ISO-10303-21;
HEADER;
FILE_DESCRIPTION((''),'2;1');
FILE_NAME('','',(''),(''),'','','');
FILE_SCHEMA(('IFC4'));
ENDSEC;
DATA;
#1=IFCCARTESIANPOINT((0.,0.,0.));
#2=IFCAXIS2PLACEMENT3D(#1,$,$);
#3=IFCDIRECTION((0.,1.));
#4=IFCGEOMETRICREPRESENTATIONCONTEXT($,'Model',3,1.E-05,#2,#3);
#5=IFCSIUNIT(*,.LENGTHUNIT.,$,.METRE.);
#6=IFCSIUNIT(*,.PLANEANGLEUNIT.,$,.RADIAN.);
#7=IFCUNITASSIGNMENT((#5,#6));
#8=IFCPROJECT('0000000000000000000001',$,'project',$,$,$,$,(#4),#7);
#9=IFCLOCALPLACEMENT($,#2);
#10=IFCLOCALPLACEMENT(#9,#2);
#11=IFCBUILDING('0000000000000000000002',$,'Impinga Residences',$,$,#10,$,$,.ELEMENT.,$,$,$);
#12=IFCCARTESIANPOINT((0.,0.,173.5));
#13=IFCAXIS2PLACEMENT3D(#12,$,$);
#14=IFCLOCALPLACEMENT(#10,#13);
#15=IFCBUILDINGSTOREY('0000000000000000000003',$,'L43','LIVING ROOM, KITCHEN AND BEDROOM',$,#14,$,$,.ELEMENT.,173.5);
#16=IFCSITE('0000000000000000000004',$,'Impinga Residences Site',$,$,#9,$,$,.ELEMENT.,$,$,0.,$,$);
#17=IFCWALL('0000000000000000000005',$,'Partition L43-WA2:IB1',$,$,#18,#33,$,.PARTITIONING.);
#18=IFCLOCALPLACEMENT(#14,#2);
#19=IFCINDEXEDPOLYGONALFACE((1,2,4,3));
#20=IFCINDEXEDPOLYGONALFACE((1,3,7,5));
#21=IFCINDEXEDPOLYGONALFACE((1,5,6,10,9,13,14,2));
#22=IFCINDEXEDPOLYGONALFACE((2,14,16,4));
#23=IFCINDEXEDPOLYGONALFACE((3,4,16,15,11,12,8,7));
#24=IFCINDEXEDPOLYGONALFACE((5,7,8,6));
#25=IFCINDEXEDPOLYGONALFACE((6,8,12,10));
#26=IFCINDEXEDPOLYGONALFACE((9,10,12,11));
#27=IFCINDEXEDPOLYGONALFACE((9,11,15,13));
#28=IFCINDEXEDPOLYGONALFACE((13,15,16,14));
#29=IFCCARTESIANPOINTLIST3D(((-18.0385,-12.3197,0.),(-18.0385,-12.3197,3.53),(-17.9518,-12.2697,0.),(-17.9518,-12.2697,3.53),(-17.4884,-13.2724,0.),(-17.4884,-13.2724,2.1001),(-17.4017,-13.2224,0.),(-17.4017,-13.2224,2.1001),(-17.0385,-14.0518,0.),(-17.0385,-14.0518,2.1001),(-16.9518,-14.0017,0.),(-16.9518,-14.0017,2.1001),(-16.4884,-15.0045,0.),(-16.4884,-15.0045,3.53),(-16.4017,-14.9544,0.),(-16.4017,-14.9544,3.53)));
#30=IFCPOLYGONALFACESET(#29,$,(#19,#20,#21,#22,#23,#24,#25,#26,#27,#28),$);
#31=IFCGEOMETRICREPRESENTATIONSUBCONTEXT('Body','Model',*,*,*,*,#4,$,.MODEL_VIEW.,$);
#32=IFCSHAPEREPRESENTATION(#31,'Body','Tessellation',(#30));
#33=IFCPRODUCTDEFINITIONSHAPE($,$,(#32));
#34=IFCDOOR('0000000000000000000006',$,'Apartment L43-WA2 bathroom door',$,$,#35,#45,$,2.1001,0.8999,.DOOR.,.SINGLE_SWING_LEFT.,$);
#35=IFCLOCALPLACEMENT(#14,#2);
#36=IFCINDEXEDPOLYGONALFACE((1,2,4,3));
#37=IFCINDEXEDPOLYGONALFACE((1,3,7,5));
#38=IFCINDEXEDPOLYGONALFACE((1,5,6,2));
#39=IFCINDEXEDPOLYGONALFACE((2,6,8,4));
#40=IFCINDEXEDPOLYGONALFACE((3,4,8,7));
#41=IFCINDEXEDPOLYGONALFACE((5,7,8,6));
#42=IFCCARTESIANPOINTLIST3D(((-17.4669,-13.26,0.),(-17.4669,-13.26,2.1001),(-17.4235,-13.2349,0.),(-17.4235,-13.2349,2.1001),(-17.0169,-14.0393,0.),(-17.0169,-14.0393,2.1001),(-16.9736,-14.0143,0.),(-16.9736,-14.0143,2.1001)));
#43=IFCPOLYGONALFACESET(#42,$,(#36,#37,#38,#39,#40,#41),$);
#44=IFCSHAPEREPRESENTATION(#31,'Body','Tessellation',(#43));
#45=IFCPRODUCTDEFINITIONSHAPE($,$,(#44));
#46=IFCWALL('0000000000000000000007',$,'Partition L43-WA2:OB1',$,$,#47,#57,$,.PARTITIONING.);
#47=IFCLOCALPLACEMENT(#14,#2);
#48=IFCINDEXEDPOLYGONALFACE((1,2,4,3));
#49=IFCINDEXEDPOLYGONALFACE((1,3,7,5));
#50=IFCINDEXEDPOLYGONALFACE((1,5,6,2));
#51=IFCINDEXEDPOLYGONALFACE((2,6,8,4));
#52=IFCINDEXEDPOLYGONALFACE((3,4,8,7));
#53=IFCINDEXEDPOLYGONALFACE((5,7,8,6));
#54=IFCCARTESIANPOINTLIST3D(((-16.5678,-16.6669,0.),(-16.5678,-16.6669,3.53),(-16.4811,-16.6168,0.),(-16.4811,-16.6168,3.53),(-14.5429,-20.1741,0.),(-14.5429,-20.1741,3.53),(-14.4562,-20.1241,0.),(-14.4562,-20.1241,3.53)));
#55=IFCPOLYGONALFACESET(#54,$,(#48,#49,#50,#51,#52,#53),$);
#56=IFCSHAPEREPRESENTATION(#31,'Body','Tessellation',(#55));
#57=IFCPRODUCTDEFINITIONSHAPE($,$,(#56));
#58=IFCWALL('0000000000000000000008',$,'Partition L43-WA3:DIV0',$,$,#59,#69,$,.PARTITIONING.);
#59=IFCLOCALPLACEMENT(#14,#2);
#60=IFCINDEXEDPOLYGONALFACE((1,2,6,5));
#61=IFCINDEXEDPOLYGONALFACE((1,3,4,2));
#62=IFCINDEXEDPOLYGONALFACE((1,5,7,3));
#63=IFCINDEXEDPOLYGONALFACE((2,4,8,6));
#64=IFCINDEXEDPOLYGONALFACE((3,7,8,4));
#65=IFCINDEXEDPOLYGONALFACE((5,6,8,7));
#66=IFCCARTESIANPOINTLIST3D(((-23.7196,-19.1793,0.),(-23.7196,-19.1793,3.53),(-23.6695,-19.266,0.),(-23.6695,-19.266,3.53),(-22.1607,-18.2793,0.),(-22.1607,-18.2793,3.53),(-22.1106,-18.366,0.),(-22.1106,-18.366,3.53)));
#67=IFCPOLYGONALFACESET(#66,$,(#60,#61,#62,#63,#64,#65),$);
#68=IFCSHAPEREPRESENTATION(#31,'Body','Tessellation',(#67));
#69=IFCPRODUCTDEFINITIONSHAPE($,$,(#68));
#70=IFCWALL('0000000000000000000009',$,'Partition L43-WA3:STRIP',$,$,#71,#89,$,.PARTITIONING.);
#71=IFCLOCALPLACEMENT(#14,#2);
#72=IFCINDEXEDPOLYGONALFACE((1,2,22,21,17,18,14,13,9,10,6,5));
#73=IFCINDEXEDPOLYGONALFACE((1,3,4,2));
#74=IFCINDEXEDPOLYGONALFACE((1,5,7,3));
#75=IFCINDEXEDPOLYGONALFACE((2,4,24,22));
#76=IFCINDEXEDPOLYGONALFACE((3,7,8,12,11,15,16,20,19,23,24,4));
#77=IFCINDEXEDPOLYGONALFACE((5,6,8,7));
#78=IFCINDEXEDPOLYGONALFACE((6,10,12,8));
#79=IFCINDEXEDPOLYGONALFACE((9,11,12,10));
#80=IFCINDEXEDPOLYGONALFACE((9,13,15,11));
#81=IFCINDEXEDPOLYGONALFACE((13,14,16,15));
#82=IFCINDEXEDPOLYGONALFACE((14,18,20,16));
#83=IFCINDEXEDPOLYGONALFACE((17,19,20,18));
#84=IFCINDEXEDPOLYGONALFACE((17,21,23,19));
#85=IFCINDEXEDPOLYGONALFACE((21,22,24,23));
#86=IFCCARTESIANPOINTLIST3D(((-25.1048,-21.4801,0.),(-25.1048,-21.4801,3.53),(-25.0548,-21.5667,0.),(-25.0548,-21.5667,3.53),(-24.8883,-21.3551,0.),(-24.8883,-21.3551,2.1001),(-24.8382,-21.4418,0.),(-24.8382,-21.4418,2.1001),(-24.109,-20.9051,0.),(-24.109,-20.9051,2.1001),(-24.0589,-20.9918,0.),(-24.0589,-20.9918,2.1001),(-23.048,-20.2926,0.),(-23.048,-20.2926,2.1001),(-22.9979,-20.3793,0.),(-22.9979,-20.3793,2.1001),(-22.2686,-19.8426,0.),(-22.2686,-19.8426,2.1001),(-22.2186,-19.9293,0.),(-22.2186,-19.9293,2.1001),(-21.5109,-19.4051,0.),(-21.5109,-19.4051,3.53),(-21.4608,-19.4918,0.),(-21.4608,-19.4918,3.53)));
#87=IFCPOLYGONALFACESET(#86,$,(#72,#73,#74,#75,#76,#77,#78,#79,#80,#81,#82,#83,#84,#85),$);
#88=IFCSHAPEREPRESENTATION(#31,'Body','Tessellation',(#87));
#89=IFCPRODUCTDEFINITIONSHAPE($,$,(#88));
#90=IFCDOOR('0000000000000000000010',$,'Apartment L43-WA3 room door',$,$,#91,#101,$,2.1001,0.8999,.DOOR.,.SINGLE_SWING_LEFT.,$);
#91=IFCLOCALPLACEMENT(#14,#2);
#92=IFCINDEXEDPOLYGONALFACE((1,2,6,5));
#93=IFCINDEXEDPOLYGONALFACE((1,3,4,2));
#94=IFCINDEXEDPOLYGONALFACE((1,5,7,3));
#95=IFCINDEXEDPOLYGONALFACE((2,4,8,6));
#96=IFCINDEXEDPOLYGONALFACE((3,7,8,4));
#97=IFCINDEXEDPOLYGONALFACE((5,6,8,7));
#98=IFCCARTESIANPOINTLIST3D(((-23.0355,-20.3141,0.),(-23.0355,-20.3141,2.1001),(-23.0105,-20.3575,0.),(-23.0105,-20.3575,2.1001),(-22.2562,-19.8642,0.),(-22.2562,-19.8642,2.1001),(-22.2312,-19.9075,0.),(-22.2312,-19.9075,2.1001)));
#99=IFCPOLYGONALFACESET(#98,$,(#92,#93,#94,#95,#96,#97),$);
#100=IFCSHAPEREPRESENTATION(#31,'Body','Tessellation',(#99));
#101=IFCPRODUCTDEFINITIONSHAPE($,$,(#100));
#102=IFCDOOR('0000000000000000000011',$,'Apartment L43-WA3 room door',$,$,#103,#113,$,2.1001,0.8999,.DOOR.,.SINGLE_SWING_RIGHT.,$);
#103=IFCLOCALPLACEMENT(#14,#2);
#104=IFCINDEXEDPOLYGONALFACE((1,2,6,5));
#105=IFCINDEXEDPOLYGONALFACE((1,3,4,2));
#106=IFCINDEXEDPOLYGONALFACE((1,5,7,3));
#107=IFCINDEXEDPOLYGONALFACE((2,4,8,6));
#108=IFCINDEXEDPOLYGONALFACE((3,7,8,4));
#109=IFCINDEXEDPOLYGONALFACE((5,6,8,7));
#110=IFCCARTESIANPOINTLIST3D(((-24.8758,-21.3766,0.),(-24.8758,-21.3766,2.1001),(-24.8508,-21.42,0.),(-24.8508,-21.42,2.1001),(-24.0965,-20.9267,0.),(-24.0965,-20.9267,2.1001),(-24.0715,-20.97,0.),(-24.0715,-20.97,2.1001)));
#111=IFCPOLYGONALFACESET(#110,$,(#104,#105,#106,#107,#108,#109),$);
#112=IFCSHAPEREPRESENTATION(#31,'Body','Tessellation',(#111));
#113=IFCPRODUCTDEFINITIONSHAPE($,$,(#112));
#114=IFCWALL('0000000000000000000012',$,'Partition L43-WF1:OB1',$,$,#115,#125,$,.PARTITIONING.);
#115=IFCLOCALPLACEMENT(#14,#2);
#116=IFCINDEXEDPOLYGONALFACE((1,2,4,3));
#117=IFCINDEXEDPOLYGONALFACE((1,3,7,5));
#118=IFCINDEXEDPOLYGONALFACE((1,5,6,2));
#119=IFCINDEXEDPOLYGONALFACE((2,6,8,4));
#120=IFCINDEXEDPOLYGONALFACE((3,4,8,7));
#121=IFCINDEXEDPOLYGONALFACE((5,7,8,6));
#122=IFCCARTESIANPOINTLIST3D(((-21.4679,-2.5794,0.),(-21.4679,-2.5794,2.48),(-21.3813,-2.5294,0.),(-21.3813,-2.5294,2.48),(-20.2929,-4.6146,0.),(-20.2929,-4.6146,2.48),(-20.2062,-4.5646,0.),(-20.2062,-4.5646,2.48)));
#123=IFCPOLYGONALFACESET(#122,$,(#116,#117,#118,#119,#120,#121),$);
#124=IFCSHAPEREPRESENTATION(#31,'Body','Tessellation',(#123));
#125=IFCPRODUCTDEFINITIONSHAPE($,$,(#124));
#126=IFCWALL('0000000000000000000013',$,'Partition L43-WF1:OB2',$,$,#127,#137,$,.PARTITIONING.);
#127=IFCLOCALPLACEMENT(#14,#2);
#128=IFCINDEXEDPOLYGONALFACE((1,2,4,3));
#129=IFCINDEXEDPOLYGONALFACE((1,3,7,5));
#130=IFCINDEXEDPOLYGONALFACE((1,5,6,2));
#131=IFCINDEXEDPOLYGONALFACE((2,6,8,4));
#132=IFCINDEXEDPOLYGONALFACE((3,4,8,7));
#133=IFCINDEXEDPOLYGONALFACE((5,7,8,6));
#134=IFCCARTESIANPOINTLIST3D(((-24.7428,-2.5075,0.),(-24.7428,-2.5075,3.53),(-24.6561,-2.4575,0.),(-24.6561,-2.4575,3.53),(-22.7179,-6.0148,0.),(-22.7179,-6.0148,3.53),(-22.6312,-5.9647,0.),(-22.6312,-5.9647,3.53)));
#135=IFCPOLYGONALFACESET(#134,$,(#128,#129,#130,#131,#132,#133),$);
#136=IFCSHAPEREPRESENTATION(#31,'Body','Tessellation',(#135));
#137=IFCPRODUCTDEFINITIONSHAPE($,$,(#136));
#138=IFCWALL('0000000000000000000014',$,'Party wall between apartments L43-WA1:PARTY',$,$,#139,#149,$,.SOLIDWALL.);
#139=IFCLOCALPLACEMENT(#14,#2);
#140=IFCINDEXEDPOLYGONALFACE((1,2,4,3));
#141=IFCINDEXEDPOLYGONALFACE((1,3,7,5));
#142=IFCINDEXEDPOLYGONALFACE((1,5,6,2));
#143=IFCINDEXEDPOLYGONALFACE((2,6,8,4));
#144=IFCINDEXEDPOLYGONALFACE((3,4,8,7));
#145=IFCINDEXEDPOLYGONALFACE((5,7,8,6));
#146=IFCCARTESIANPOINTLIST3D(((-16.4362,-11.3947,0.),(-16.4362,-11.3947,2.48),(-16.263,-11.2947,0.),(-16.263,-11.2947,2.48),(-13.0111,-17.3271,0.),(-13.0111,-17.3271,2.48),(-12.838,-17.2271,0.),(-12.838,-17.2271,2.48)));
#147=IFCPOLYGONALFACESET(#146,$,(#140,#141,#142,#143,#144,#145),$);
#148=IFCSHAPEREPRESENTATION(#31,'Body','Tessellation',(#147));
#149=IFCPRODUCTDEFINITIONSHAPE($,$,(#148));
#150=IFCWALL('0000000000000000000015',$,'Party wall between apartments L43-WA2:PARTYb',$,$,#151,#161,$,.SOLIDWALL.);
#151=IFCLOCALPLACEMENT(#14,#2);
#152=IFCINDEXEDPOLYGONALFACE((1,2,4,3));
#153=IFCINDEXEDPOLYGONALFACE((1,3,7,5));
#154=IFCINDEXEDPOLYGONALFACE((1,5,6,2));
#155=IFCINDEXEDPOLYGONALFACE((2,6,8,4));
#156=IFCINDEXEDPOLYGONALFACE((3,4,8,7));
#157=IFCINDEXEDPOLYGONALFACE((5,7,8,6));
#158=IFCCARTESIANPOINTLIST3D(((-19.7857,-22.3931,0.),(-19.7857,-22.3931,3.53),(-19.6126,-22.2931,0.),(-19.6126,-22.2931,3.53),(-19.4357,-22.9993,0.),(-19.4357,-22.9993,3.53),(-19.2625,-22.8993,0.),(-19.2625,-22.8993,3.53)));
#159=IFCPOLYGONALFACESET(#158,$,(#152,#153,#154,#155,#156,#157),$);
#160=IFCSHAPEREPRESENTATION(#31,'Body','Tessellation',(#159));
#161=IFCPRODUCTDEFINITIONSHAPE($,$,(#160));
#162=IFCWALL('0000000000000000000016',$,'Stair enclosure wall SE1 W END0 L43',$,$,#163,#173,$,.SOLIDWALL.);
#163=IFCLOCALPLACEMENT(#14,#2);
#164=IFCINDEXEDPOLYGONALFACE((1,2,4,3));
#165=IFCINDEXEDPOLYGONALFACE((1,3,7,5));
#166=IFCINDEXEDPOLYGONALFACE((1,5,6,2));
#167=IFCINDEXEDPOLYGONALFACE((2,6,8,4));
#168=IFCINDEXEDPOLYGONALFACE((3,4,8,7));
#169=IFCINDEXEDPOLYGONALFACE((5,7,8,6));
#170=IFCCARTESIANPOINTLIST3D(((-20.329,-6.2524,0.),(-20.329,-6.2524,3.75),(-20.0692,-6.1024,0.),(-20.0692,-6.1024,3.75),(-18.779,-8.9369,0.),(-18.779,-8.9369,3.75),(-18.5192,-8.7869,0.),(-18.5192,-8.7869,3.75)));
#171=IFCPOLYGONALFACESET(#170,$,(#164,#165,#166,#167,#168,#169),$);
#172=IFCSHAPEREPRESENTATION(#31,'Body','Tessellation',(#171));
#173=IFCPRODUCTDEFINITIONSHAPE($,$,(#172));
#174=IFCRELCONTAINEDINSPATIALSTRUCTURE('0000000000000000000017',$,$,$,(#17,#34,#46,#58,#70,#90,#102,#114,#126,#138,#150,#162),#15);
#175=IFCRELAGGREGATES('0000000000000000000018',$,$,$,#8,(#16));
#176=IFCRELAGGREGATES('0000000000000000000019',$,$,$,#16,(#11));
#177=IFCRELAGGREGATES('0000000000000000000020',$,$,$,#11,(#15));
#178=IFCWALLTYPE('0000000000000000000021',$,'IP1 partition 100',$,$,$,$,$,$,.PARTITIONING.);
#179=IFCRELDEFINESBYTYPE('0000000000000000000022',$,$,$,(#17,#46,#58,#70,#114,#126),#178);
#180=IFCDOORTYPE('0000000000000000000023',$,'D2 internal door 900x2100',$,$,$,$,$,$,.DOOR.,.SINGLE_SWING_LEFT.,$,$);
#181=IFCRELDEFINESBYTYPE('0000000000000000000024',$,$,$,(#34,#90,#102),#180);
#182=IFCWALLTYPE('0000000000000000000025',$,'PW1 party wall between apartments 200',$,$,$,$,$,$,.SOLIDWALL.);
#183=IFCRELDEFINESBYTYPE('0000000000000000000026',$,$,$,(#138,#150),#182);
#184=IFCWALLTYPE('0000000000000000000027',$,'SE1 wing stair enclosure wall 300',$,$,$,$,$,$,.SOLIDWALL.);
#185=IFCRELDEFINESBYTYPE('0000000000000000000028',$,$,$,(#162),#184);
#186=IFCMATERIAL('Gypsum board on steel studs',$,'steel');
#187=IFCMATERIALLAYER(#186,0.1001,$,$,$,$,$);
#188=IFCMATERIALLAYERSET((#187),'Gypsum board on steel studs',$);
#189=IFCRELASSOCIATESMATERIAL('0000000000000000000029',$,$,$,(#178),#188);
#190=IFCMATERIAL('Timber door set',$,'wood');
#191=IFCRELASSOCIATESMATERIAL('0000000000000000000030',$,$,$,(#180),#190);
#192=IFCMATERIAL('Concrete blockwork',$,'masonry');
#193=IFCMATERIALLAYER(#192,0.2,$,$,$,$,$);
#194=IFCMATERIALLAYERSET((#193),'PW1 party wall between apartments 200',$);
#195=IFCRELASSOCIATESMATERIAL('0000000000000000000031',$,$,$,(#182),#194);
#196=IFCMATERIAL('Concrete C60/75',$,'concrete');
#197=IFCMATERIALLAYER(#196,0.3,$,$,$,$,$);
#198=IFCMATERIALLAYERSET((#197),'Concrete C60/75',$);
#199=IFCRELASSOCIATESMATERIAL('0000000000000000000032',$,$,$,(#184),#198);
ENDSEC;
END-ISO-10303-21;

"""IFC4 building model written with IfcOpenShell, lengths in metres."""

from ifc_helpers import new_model, si_unit, direction, frame, frame_2d, origin, place, context, subcontext, project, spatial, rectangle, extrude, material, layer, layer_set, type_object, element, fill, save


model = new_model("IFC4")

# Units and contexts
model_context = context("Model", 3, precision=1e-05, world=origin(), true_north=direction((0.0, 1.0)))
body_context = subcontext(model_context, "Body", "Model", "MODEL_VIEW")
ifc_project = project(units=[si_unit("LENGTHUNIT", "METRE"), si_unit("PLANEANGLEUNIT", "RADIAN")], contexts=[model_context])

# Site, building, storey
site_placement = place(None, origin())
site = spatial("IfcSite", under=ifc_project, at=site_placement, Name="Impinga Residences Site", CompositionType="ELEMENT", RefElevation=0.0)
building_placement = place(site_placement, origin())
building = spatial("IfcBuilding", under=site, at=building_placement, Name="Impinga Residences", CompositionType="ELEMENT")
storey_placement = place(building_placement, frame((0.0, 0.0, 173.5)))
storey = spatial("IfcBuildingStorey", under=building, at=storey_placement, Name="L43", Description="LIVING ROOM, KITCHEN AND BEDROOM", CompositionType="ELEMENT", Elevation=173.5)

# Shared definitions
ifc_material_1 = material(Name="Concrete C60/75", Category="concrete")

# Shared definitions
ifc_material_2 = material(Name="Concrete blockwork", Category="masonry")
ifc_material_3 = material(Name="Timber door set", Category="wood")

# Shared definitions
ifc_material_4 = material(Name="Gypsum board on steel studs", Category="steel")
ifc_layer_1 = layer(ifc_material_4, 0.1001)
ifc_layer_set_1 = layer_set([ifc_layer_1], Name="Gypsum board on steel studs")
wall_type_1 = type_object("IfcWallType", Name="IP1 partition 100", PredefinedType="PARTITIONING", material=ifc_layer_set_1)

# Shared definitions
door_type_1 = type_object("IfcDoorType", Name="D2 internal door 900x2100", OperationType="SINGLE_SWING_LEFT", PredefinedType="DOOR", material=ifc_material_3)

# Wall, opening, door
wall_1_placement = place(storey_placement, frame((-17.9951, -12.2947, 0.0), z_axis=(0.0, 0.0, 1.0), x_axis=(0.499993, -0.86603, 0.0)))
wall_1 = element("IfcWall", 1, at=wall_1_placement, inside=storey, type_object=wall_type_1, Name="Partition L43-WA2:IB1", PredefinedType="PARTITIONING", context=body_context, shape_type="SweptSolid", body=[
    extrude(rectangle(XDim=3.1001, YDim=0.1001, at=frame_2d((1.55, 0.0))), origin(), (0.0, 0.0, 1.0), 3.53),
])
opening_1_placement = place(wall_1_placement, frame((1.1001, 0.0, 0.0)))
opening_1 = element("IfcOpeningElement", 2, at=opening_1_placement, cuts=wall_1, PredefinedType="OPENING", context=body_context, shape_type="SweptSolid", body=[
    extrude(rectangle(XDim=0.8999, YDim=2.1001, at=frame_2d((0.45, 1.05))), frame((0.0, 0.0601, 0.0), z_axis=(0.0, -1.0, 0.0), x_axis=(1.0, 0.0, 0.0)), (0.0, 0.0, 1.0), 0.1201),
])
door_1_placement = place(opening_1_placement, origin())
door_1 = element("IfcDoor", 3, at=door_1_placement, inside=storey, type_object=door_type_1, Name="Apartment L43-WA2 bathroom door", OperationType="SINGLE_SWING_LEFT", OverallHeight=2.1001, OverallWidth=0.8999, PredefinedType="DOOR", context=body_context, shape_type="SweptSolid", body=[
    extrude(rectangle(XDim=0.8999, YDim=2.1001, at=frame_2d((0.45, 1.05))), frame((0.0, 0.0249, 0.0), z_axis=(0.0, -1.0, 0.0), x_axis=(1.0, 0.0, 0.0)), (0.0, 0.0, 1.0), 0.05),
])
fill(opening_1, door_1)

# Walls
wall_2_placement = place(storey_placement, frame((-16.5244, -16.6418, 0.0), z_axis=(0.0, 0.0, 1.0), x_axis=(0.49999, -0.866031, 0.0)))
element("IfcWall", 4, at=wall_2_placement, inside=storey, type_object=wall_type_1, Name="Partition L43-WA2:OB1", PredefinedType="PARTITIONING", context=body_context, shape_type="SweptSolid", body=[
    extrude(rectangle(XDim=4.0498, YDim=0.1001, at=frame_2d((2.0249, 0.0))), origin(), (0.0, 0.0, 1.0), 3.53),
])
wall_3_placement = place(storey_placement, frame((-22.1357, -18.3228, 0.0), z_axis=(0.0, 0.0, 1.0), x_axis=(-0.866048, -0.499961, 0.0)))
element("IfcWall", 5, at=wall_3_placement, inside=storey, type_object=wall_type_1, Name="Partition L43-WA3:DIV0", PredefinedType="PARTITIONING", context=body_context, shape_type="SweptSolid", body=[
    extrude(rectangle(XDim=1.8, YDim=0.1001, at=frame_2d((0.8999, 0.0))), origin(), (0.0, 0.0, 1.0), 3.53),
])

# Wall, openings, doors
wall_4_placement = place(storey_placement, frame((-21.4858, -19.4485, 0.0), z_axis=(0.0, 0.0, 1.0), x_axis=(-0.86603, -0.499992, 0.0)))
wall_4 = element("IfcWall", 6, at=wall_4_placement, inside=storey, type_object=wall_type_1, Name="Partition L43-WA3:STRIP", PredefinedType="PARTITIONING", context=body_context, shape_type="SweptSolid", body=[
    extrude(rectangle(XDim=4.1499, YDim=0.1001, at=frame_2d((2.075, 0.0))), origin(), (0.0, 0.0, 1.0), 3.53),
])
opening_2_placement = place(wall_4_placement, frame((0.875, 0.0, 0.0)))
opening_2 = element("IfcOpeningElement", 7, at=opening_2_placement, cuts=wall_4, PredefinedType="OPENING", context=body_context, shape_type="SweptSolid", body=[
    extrude(rectangle(XDim=0.8999, YDim=2.1001, at=frame_2d((0.45, 1.05))), frame((0.0, 0.0601, 0.0), z_axis=(0.0, -1.0, 0.0), x_axis=(1.0, 0.0, 0.0)), (0.0, 0.0, 1.0), 0.1201),
])
opening_3_placement = place(wall_4_placement, frame((3.0, 0.0, 0.0)))
opening_3 = element("IfcOpeningElement", 8, at=opening_3_placement, cuts=wall_4, PredefinedType="OPENING", context=body_context, shape_type="SweptSolid", body=[
    extrude(rectangle(XDim=0.8999, YDim=2.1001, at=frame_2d((0.45, 1.05))), frame((0.0, 0.0601, 0.0), z_axis=(0.0, -1.0, 0.0), x_axis=(1.0, 0.0, 0.0)), (0.0, 0.0, 1.0), 0.1201),
])
door_2_placement = place(opening_2_placement, origin())
door_2 = element("IfcDoor", 9, at=door_2_placement, inside=storey, type_object=door_type_1, Name="Apartment L43-WA3 room door", OperationType="SINGLE_SWING_LEFT", OverallHeight=2.1001, OverallWidth=0.8999, PredefinedType="DOOR", context=body_context, shape_type="SweptSolid", body=[
    extrude(rectangle(XDim=0.8999, YDim=2.1001, at=frame_2d((0.45, 1.05))), frame((0.0, 0.0249, 0.0), z_axis=(0.0, -1.0, 0.0), x_axis=(1.0, 0.0, 0.0)), (0.0, 0.0, 1.0), 0.05),
])
fill(opening_2, door_2)
door_3_placement = place(opening_3_placement, origin())
door_3 = element("IfcDoor", 10, at=door_3_placement, inside=storey, type_object=door_type_1, Name="Apartment L43-WA3 room door", OperationType="SINGLE_SWING_RIGHT", OverallHeight=2.1001, OverallWidth=0.8999, PredefinedType="DOOR", context=body_context, shape_type="SweptSolid", body=[
    extrude(rectangle(XDim=0.8999, YDim=2.1001, at=frame_2d((0.45, 1.05))), frame((0.0, 0.0249, 0.0), z_axis=(0.0, -1.0, 0.0), x_axis=(1.0, 0.0, 0.0)), (0.0, 0.0, 1.0), 0.05),
])
fill(opening_3, door_3)

# Walls
wall_5_placement = place(storey_placement, frame((-20.2495, -4.5896, 0.0), z_axis=(0.0, 0.0, 1.0), x_axis=(-0.500016, 0.866016, 0.0)))
element("IfcWall", 11, at=wall_5_placement, inside=storey, type_object=wall_type_1, Name="Partition L43-WF1:OB1", PredefinedType="PARTITIONING", context=body_context, shape_type="SweptSolid", body=[
    extrude(rectangle(XDim=2.3501, YDim=0.1001, at=frame_2d((1.175, 0.0))), origin(), (0.0, 0.0, 1.0), 2.48),
])
wall_6_placement = place(storey_placement, frame((-22.6746, -5.9897, 0.0), z_axis=(0.0, 0.0, 1.0), x_axis=(-0.49999, 0.866031, 0.0)))
element("IfcWall", 12, at=wall_6_placement, inside=storey, type_object=wall_type_1, Name="Partition L43-WF1:OB2", PredefinedType="PARTITIONING", context=body_context, shape_type="SweptSolid", body=[
    extrude(rectangle(XDim=4.0498, YDim=0.1001, at=frame_2d((2.0249, 0.0))), origin(), (0.0, 0.0, 1.0), 3.53),
])
ifc_layer_2 = layer(ifc_material_2, 0.2)
ifc_layer_set_2 = layer_set([ifc_layer_2], Name="PW1 party wall between apartments 200")
wall_type_2 = type_object("IfcWallType", Name="PW1 party wall between apartments 200", PredefinedType="SOLIDWALL", material=ifc_layer_set_2)
wall_7_placement = place(storey_placement, frame((-16.3496, -11.3447, 0.0), z_axis=(0.0, 0.0, 1.0), x_axis=(0.499999, -0.866026, 0.0)))
element("IfcWall", 13, at=wall_7_placement, inside=storey, type_object=wall_type_2, Name="Party wall between apartments L43-WA1:PARTY", PredefinedType="SOLIDWALL", context=body_context, shape_type="SweptSolid", body=[
    extrude(rectangle(XDim=6.8501, YDim=0.2, at=frame_2d((3.425, 0.0))), origin(), (0.0, 0.0, 1.0), 2.48),
])
wall_8_placement = place(storey_placement, frame((-19.6992, -22.343, 0.0), z_axis=(0.0, 0.0, 1.0), x_axis=(0.500115, -0.865959, 0.0)))
element("IfcWall", 14, at=wall_8_placement, inside=storey, type_object=wall_type_2, Name="Party wall between apartments L43-WA2:PARTYb", PredefinedType="SOLIDWALL", context=body_context, shape_type="SweptSolid", body=[
    extrude(rectangle(XDim=0.7, YDim=0.2, at=frame_2d((0.3501, 0.0))), origin(), (0.0, 0.0, 1.0), 3.53),
])
ifc_layer_3 = layer(ifc_material_1, 0.3)
ifc_layer_set_3 = layer_set([ifc_layer_3], Name="Concrete C60/75")
wall_type_3 = type_object("IfcWallType", Name="SE1 wing stair enclosure wall 300", PredefinedType="SOLIDWALL", material=ifc_layer_set_3)
wall_9_placement = place(storey_placement, frame((-18.6492, -8.8618, 0.0), z_axis=(0.0, 0.0, 1.0), x_axis=(-0.500027, 0.86601, 0.0)))
element("IfcWall", 15, at=wall_9_placement, inside=storey, type_object=wall_type_3, Name="Stair enclosure wall SE1 W END0 L43", PredefinedType="SOLIDWALL", context=body_context, shape_type="SweptSolid", body=[
    extrude(rectangle(XDim=3.0999, YDim=0.3, at=frame_2d((1.5498, 0.0))), origin(), (0.0, 0.0, 1.0), 3.75),
])

save(model, "model.ifc")
